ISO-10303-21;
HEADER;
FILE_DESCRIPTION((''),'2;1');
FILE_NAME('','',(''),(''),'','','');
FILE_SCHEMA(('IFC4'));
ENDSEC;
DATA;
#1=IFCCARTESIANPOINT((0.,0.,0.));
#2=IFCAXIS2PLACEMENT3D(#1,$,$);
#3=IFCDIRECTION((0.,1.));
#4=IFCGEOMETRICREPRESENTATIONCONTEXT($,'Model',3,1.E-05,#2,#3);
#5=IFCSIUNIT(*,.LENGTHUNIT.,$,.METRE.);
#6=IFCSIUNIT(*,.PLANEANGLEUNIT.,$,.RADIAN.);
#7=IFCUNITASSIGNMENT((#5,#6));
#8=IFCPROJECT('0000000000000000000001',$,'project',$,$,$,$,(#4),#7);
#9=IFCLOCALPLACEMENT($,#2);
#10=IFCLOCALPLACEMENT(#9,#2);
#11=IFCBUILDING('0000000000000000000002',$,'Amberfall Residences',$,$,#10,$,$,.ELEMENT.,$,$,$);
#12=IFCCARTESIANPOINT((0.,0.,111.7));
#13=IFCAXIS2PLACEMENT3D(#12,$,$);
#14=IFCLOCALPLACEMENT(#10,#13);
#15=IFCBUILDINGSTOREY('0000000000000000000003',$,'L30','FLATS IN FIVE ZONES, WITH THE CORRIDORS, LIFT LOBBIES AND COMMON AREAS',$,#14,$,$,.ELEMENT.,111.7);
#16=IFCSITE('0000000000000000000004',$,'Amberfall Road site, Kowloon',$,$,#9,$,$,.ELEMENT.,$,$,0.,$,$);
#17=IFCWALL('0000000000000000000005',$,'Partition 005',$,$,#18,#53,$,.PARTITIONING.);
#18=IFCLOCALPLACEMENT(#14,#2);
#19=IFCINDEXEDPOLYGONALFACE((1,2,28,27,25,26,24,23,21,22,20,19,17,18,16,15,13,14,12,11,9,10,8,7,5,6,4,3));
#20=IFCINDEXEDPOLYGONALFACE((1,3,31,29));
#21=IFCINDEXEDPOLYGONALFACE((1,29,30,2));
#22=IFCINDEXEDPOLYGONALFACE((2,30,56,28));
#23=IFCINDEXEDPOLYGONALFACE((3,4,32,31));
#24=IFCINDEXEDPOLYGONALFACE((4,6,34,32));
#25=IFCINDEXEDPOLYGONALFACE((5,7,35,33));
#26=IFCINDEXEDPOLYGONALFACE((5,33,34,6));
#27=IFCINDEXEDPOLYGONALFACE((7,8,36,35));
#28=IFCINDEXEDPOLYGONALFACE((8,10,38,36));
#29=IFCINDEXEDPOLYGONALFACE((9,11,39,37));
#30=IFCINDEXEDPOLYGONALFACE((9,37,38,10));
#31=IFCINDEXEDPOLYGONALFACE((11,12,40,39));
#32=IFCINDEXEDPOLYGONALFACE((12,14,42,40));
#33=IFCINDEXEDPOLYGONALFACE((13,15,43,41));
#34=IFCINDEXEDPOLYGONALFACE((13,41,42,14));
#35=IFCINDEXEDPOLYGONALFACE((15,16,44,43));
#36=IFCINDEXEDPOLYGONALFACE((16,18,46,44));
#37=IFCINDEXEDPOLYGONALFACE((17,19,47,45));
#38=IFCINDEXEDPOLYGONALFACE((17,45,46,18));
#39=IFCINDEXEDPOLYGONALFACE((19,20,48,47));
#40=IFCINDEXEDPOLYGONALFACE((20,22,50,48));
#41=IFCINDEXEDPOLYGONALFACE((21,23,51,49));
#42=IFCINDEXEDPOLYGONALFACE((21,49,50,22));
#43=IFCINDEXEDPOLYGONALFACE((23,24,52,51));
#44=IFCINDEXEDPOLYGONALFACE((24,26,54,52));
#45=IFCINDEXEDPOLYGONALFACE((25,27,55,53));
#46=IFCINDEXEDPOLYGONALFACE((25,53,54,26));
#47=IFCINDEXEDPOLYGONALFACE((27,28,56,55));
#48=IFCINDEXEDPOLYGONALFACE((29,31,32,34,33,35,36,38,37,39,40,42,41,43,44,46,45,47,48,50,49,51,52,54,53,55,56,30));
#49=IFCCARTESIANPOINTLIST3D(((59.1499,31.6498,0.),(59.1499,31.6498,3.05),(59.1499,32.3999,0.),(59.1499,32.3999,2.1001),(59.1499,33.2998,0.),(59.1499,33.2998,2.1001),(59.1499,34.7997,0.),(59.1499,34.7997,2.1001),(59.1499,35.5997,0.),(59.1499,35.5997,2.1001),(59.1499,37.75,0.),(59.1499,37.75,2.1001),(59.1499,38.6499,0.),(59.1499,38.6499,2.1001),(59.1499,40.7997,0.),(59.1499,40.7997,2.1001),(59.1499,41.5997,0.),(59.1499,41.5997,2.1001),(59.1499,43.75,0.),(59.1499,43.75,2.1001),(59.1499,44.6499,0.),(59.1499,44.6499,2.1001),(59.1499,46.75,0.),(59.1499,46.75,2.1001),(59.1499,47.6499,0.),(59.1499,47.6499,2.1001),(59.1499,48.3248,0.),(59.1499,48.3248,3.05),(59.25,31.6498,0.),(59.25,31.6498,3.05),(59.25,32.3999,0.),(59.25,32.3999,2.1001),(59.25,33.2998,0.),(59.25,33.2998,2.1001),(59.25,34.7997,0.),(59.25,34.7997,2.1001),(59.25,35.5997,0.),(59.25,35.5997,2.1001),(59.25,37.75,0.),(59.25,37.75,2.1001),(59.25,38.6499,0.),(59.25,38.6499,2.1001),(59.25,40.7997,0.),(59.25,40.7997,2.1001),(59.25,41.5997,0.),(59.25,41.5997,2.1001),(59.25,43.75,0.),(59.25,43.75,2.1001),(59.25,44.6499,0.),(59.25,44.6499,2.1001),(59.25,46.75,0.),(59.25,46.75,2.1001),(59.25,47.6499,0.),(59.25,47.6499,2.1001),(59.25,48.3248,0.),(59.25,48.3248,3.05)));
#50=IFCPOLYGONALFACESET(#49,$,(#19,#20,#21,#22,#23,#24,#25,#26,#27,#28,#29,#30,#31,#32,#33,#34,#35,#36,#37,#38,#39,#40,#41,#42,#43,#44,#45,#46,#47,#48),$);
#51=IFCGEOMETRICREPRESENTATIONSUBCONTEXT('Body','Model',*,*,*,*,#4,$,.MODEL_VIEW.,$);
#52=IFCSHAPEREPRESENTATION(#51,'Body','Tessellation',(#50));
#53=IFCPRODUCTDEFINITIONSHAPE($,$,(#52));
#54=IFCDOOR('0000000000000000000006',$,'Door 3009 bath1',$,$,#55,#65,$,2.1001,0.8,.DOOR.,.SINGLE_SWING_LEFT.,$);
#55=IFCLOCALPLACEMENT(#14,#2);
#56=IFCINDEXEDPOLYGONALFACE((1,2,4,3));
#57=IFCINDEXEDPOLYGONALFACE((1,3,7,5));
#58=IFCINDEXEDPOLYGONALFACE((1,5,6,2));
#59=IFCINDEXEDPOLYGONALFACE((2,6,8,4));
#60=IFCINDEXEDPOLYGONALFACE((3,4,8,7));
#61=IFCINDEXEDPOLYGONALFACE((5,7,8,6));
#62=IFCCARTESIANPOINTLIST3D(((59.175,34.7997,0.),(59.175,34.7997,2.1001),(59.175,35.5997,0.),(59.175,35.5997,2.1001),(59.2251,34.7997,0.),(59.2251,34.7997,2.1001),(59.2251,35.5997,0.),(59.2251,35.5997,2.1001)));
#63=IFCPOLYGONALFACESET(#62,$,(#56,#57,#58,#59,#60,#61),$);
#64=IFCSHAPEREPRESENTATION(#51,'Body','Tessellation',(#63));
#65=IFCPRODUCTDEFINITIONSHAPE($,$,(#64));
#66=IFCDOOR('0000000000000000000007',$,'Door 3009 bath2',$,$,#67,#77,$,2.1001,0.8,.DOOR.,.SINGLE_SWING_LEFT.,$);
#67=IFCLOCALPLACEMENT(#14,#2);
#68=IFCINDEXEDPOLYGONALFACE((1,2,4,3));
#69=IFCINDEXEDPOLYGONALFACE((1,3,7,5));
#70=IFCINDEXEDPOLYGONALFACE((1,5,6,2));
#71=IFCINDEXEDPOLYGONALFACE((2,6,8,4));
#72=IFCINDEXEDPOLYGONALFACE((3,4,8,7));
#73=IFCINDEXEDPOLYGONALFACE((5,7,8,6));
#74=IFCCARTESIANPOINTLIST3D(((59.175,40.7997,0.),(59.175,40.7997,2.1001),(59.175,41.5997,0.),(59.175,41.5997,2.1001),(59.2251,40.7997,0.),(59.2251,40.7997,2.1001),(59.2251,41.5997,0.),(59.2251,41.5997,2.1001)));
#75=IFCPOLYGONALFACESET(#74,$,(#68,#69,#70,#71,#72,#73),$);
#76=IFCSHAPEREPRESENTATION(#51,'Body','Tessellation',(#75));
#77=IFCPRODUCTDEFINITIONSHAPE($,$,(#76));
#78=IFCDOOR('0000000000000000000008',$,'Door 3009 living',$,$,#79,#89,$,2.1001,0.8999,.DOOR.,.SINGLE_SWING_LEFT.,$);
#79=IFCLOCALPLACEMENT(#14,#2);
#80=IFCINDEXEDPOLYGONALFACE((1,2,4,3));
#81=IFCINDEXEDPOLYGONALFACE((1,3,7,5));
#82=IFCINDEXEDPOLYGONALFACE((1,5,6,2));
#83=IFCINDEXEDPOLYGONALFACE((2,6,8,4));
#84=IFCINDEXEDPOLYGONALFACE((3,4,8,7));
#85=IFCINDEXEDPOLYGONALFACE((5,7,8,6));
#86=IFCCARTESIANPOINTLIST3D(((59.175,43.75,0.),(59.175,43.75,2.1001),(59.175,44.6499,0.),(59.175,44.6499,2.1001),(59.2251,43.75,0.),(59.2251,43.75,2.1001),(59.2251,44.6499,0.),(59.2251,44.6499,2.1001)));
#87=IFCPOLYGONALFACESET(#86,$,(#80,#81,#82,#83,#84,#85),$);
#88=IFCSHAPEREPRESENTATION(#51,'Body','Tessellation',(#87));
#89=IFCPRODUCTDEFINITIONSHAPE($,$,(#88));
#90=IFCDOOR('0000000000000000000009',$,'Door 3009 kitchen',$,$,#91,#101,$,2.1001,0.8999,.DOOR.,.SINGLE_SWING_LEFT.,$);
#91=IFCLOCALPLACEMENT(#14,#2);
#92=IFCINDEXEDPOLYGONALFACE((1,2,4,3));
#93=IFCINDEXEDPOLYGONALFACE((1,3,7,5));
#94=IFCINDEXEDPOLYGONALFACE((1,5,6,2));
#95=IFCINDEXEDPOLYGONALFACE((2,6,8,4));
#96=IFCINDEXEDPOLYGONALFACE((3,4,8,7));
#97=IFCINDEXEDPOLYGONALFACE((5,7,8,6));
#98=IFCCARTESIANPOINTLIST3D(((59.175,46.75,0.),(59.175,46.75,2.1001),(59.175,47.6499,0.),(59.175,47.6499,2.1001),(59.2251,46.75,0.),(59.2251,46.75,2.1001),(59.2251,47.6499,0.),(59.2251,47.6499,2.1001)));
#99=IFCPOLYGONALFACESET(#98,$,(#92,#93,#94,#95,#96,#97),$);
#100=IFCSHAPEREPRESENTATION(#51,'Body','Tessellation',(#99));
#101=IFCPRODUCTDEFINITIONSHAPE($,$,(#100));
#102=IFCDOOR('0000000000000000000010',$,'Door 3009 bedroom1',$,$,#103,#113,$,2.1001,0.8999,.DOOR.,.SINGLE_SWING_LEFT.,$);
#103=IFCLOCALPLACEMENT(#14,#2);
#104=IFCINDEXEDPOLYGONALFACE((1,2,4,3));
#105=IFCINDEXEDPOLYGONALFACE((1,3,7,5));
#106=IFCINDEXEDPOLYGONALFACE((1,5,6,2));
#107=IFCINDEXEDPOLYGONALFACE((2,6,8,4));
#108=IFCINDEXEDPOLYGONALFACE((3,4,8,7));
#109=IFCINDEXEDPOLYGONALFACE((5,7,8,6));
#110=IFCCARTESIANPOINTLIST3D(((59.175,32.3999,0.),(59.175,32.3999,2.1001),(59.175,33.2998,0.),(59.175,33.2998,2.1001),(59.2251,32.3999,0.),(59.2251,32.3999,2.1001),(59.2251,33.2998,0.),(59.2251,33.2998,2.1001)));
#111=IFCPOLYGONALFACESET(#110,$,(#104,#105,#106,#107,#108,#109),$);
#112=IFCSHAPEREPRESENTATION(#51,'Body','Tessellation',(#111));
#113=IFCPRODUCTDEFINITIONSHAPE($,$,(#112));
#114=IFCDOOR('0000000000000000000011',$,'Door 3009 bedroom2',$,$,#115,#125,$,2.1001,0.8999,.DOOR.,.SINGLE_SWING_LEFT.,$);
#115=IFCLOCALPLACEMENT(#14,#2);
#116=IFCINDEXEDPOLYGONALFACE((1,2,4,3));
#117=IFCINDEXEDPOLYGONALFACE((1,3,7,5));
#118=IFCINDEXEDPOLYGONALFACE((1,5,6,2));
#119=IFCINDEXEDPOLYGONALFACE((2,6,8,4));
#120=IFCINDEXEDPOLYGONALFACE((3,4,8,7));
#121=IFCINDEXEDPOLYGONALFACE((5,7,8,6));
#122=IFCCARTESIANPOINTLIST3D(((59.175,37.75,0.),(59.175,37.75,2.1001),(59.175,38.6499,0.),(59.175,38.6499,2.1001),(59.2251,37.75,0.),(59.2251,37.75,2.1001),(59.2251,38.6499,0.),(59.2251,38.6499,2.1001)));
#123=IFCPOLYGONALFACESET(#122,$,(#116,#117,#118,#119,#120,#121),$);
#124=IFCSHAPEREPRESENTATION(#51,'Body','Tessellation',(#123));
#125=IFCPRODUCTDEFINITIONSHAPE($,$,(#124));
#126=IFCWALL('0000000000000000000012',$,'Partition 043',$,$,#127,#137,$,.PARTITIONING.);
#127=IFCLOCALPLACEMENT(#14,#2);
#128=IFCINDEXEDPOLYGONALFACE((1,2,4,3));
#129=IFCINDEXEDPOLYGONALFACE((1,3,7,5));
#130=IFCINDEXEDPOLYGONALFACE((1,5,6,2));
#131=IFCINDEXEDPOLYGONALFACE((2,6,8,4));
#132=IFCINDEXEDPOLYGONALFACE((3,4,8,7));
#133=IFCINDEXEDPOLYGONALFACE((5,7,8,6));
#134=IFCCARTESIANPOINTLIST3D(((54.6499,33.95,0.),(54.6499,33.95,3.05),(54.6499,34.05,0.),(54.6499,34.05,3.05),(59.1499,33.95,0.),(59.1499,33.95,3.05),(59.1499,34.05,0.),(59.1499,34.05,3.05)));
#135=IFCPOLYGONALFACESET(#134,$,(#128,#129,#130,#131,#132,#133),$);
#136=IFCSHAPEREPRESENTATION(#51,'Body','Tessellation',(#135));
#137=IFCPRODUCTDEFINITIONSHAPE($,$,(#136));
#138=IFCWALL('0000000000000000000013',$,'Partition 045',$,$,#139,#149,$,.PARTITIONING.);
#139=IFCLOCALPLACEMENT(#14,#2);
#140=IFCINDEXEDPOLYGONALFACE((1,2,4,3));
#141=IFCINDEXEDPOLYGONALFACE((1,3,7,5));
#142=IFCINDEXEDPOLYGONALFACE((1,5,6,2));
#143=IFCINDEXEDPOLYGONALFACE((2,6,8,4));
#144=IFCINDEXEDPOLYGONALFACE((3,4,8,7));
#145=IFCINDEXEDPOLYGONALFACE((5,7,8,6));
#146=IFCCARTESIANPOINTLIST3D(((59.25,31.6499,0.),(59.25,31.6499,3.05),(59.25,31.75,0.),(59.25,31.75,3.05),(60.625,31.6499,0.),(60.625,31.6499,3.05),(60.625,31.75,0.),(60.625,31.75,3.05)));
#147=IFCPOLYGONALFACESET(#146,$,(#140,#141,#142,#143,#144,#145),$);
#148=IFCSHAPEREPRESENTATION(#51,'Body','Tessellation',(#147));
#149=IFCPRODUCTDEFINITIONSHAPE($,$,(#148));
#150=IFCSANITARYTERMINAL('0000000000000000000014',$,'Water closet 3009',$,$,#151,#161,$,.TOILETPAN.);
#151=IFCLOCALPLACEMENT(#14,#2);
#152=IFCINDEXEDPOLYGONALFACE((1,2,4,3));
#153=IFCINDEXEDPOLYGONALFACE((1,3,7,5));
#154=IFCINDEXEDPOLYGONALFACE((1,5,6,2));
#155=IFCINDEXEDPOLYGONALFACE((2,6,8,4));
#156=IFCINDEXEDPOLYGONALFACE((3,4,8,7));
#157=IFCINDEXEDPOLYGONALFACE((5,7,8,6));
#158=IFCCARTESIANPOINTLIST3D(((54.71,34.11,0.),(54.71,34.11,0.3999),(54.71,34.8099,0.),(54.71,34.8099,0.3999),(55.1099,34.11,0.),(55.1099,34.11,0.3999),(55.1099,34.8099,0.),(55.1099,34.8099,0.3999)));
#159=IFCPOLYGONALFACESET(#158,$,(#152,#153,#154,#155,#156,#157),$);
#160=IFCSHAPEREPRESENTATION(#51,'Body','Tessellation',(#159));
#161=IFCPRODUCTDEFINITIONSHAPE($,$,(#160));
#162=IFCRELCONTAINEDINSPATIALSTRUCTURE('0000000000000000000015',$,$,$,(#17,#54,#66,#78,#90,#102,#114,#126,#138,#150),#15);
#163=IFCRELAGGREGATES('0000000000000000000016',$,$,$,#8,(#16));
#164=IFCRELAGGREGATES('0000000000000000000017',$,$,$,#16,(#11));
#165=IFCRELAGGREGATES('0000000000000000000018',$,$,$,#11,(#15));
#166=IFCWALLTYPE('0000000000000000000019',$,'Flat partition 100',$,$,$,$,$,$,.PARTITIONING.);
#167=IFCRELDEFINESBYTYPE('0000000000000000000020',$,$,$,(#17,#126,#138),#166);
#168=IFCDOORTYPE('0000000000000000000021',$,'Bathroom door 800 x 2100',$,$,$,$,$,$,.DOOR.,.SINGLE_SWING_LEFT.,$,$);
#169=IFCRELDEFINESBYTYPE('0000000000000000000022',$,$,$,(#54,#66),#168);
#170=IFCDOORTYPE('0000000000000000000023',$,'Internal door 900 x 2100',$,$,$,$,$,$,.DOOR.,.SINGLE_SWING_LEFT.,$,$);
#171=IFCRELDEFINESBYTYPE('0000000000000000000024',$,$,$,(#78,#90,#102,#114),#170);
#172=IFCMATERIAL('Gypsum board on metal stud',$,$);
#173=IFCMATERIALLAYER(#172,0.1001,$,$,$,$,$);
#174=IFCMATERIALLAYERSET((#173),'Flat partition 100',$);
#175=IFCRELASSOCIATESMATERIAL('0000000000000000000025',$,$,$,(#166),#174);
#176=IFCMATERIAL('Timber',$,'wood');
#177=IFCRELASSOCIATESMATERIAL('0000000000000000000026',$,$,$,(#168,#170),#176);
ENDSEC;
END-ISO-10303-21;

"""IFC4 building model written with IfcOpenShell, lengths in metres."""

from ifc_helpers import new_model, si_unit, direction, frame, frame_2d, origin, origin_2d, place, context, subcontext, project, spatial, rectangle, extrude, material, layer, layer_set, type_object, element, fill, save


model = new_model("IFC4")

# Units and contexts
model_context = context("Model", 3, precision=1e-05, world=origin(), true_north=direction((0.0, 1.0)))
body_context = subcontext(model_context, "Body", "Model", "MODEL_VIEW")
ifc_project = project(units=[si_unit("LENGTHUNIT", "METRE"), si_unit("PLANEANGLEUNIT", "RADIAN")], contexts=[model_context])

# Site, building, storey
site_placement = place(None, origin())
site = spatial("IfcSite", under=ifc_project, at=site_placement, Name="Amberfall Road site, Kowloon", CompositionType="ELEMENT", RefElevation=0.0)
building_placement = place(site_placement, origin())
building = spatial("IfcBuilding", under=site, at=building_placement, Name="Amberfall Residences", CompositionType="ELEMENT")
storey_placement = place(building_placement, frame((0.0, 0.0, 111.7)))
storey = spatial("IfcBuildingStorey", under=building, at=storey_placement, Name="L30", Description="FLATS IN FIVE ZONES, WITH THE CORRIDORS, LIFT LOBBIES AND COMMON AREAS", CompositionType="ELEMENT", Elevation=111.7)

# Shared definitions
ifc_material_1 = material(Name="Gypsum board on metal stud")
ifc_layer_1 = layer(ifc_material_1, 0.1001)
ifc_layer_set_1 = layer_set([ifc_layer_1], Name="Flat partition 100")
wall_type_1 = type_object("IfcWallType", Name="Flat partition 100", PredefinedType="PARTITIONING", material=ifc_layer_set_1)

# Wall, openings, doors
wall_1_placement = place(storey_placement, frame((59.2, 31.6499, 0.0), z_axis=(0.0, 0.0, 1.0), x_axis=(0.0, 1.0, 0.0)))
wall_1 = element("IfcWall", 1, at=wall_1_placement, inside=storey, type_object=wall_type_1, Name="Partition 005", PredefinedType="PARTITIONING", context=body_context, shape_type="SweptSolid", body=[
    extrude(rectangle(XDim=16.675, YDim=0.1001, at=frame_2d((8.3374, 0.0))), origin(), (0.0, 0.0, 1.0), 3.05),
])
opening_1_placement = place(wall_1_placement, frame((12.1001, 0.0, 0.0)))
opening_1 = element("IfcOpeningElement", 2, at=opening_1_placement, cuts=wall_1, PredefinedType="OPENING", context=body_context, shape_type="SweptSolid", body=[
    extrude(rectangle(XDim=0.8999, YDim=2.1001, at=frame_2d((0.45, 1.05))), frame((0.0, 0.0601, 0.0), z_axis=(0.0, -1.0, 0.0), x_axis=(1.0, 0.0, 0.0)), (0.0, 0.0, 1.0), 0.1201),
])
opening_2_placement = place(wall_1_placement, frame((15.1001, 0.0, 0.0)))
opening_2 = element("IfcOpeningElement", 3, at=opening_2_placement, cuts=wall_1, PredefinedType="OPENING", context=body_context, shape_type="SweptSolid", body=[
    extrude(rectangle(XDim=0.8999, YDim=2.1001, at=frame_2d((0.45, 1.05))), frame((0.0, 0.0601, 0.0), z_axis=(0.0, -1.0, 0.0), x_axis=(1.0, 0.0, 0.0)), (0.0, 0.0, 1.0), 0.1201),
])
opening_3_placement = place(wall_1_placement, frame((0.75, 0.0, 0.0)))
opening_3 = element("IfcOpeningElement", 4, at=opening_3_placement, cuts=wall_1, PredefinedType="OPENING", context=body_context, shape_type="SweptSolid", body=[
    extrude(rectangle(XDim=0.8999, YDim=2.1001, at=frame_2d((0.45, 1.05))), frame((0.0, 0.0601, 0.0), z_axis=(0.0, -1.0, 0.0), x_axis=(1.0, 0.0, 0.0)), (0.0, 0.0, 1.0), 0.1201),
])
opening_4_placement = place(wall_1_placement, frame((6.1001, 0.0, 0.0)))
opening_4 = element("IfcOpeningElement", 5, at=opening_4_placement, cuts=wall_1, PredefinedType="OPENING", context=body_context, shape_type="SweptSolid", body=[
    extrude(rectangle(XDim=0.8999, YDim=2.1001, at=frame_2d((0.45, 1.05))), frame((0.0, 0.0601, 0.0), z_axis=(0.0, -1.0, 0.0), x_axis=(1.0, 0.0, 0.0)), (0.0, 0.0, 1.0), 0.1201),
])
opening_5_placement = place(wall_1_placement, frame((3.1499, 0.0, 0.0)))
opening_5 = element("IfcOpeningElement", 6, at=opening_5_placement, cuts=wall_1, PredefinedType="OPENING", context=body_context, shape_type="SweptSolid", body=[
    extrude(rectangle(XDim=0.8, YDim=2.1001, at=frame_2d((0.3999, 1.05))), frame((0.0, 0.0601, 0.0), z_axis=(0.0, -1.0, 0.0), x_axis=(1.0, 0.0, 0.0)), (0.0, 0.0, 1.0), 0.1201),
])
opening_6_placement = place(wall_1_placement, frame((9.1499, 0.0, 0.0)))
opening_6 = element("IfcOpeningElement", 7, at=opening_6_placement, cuts=wall_1, PredefinedType="OPENING", context=body_context, shape_type="SweptSolid", body=[
    extrude(rectangle(XDim=0.8, YDim=2.1001, at=frame_2d((0.3999, 1.05))), frame((0.0, 0.0601, 0.0), z_axis=(0.0, -1.0, 0.0), x_axis=(1.0, 0.0, 0.0)), (0.0, 0.0, 1.0), 0.1201),
])
ifc_material_2 = material(Name="Timber", Category="wood")
door_type_1 = type_object("IfcDoorType", Name="Bathroom door 800 x 2100", OperationType="SINGLE_SWING_LEFT", PredefinedType="DOOR", material=ifc_material_2)
door_1_placement = place(opening_5_placement, origin())
door_1 = element("IfcDoor", 8, at=door_1_placement, inside=storey, type_object=door_type_1, Name="Door 3009 bath1", OperationType="SINGLE_SWING_LEFT", OverallHeight=2.1001, OverallWidth=0.8, PredefinedType="DOOR", context=body_context, shape_type="SweptSolid", body=[
    extrude(rectangle(XDim=0.8, YDim=2.1001, at=frame_2d((0.3999, 1.05))), frame((0.0, 0.0249, 0.0), z_axis=(0.0, -1.0, 0.0), x_axis=(1.0, 0.0, 0.0)), (0.0, 0.0, 1.0), 0.05),
])
fill(opening_5, door_1)
door_2_placement = place(opening_6_placement, origin())
door_2 = element("IfcDoor", 9, at=door_2_placement, inside=storey, type_object=door_type_1, Name="Door 3009 bath2", OperationType="SINGLE_SWING_LEFT", OverallHeight=2.1001, OverallWidth=0.8, PredefinedType="DOOR", context=body_context, shape_type="SweptSolid", body=[
    extrude(rectangle(XDim=0.8, YDim=2.1001, at=frame_2d((0.3999, 1.05))), frame((0.0, 0.0249, 0.0), z_axis=(0.0, -1.0, 0.0), x_axis=(1.0, 0.0, 0.0)), (0.0, 0.0, 1.0), 0.05),
])
fill(opening_6, door_2)
door_type_2 = type_object("IfcDoorType", Name="Internal door 900 x 2100", OperationType="SINGLE_SWING_LEFT", PredefinedType="DOOR", material=ifc_material_2)
door_3_placement = place(opening_1_placement, origin())
door_3 = element("IfcDoor", 10, at=door_3_placement, inside=storey, type_object=door_type_2, Name="Door 3009 living", OperationType="SINGLE_SWING_LEFT", OverallHeight=2.1001, OverallWidth=0.8999, PredefinedType="DOOR", context=body_context, shape_type="SweptSolid", body=[
    extrude(rectangle(XDim=0.8999, YDim=2.1001, at=frame_2d((0.45, 1.05))), frame((0.0, 0.0249, 0.0), z_axis=(0.0, -1.0, 0.0), x_axis=(1.0, 0.0, 0.0)), (0.0, 0.0, 1.0), 0.05),
])
fill(opening_1, door_3)
door_4_placement = place(opening_2_placement, origin())
door_4 = element("IfcDoor", 11, at=door_4_placement, inside=storey, type_object=door_type_2, Name="Door 3009 kitchen", OperationType="SINGLE_SWING_LEFT", OverallHeight=2.1001, OverallWidth=0.8999, PredefinedType="DOOR", context=body_context, shape_type="SweptSolid", body=[
    extrude(rectangle(XDim=0.8999, YDim=2.1001, at=frame_2d((0.45, 1.05))), frame((0.0, 0.0249, 0.0), z_axis=(0.0, -1.0, 0.0), x_axis=(1.0, 0.0, 0.0)), (0.0, 0.0, 1.0), 0.05),
])
fill(opening_2, door_4)
door_5_placement = place(opening_3_placement, origin())
door_5 = element("IfcDoor", 12, at=door_5_placement, inside=storey, type_object=door_type_2, Name="Door 3009 bedroom1", OperationType="SINGLE_SWING_LEFT", OverallHeight=2.1001, OverallWidth=0.8999, PredefinedType="DOOR", context=body_context, shape_type="SweptSolid", body=[
    extrude(rectangle(XDim=0.8999, YDim=2.1001, at=frame_2d((0.45, 1.05))), frame((0.0, 0.0249, 0.0), z_axis=(0.0, -1.0, 0.0), x_axis=(1.0, 0.0, 0.0)), (0.0, 0.0, 1.0), 0.05),
])
fill(opening_3, door_5)
door_6_placement = place(opening_4_placement, origin())
door_6 = element("IfcDoor", 13, at=door_6_placement, inside=storey, type_object=door_type_2, Name="Door 3009 bedroom2", OperationType="SINGLE_SWING_LEFT", OverallHeight=2.1001, OverallWidth=0.8999, PredefinedType="DOOR", context=body_context, shape_type="SweptSolid", body=[
    extrude(rectangle(XDim=0.8999, YDim=2.1001, at=frame_2d((0.45, 1.05))), frame((0.0, 0.0249, 0.0), z_axis=(0.0, -1.0, 0.0), x_axis=(1.0, 0.0, 0.0)), (0.0, 0.0, 1.0), 0.05),
])
fill(opening_4, door_6)

# Walls
wall_2_placement = place(storey_placement, frame((54.6499, 34.0, 0.0), z_axis=(0.0, 0.0, 1.0), x_axis=(1.0, 0.0, 0.0)))
element("IfcWall", 14, at=wall_2_placement, inside=storey, type_object=wall_type_1, Name="Partition 043", PredefinedType="PARTITIONING", context=body_context, shape_type="SweptSolid", body=[
    extrude(rectangle(XDim=4.5, YDim=0.1001, at=frame_2d((2.25, 0.0))), origin(), (0.0, 0.0, 1.0), 3.05),
])
wall_3_placement = place(storey_placement, frame((59.25, 31.7, 0.0), z_axis=(0.0, 0.0, 1.0), x_axis=(1.0, 0.0, 0.0)))
element("IfcWall", 15, at=wall_3_placement, inside=storey, type_object=wall_type_1, Name="Partition 045", PredefinedType="PARTITIONING", context=body_context, shape_type="SweptSolid", body=[
    extrude(rectangle(XDim=1.375, YDim=0.1001, at=frame_2d((0.6875, 0.0))), origin(), (0.0, 0.0, 1.0), 3.05),
])

# Sanitary terminal
sanitary_terminal_1_placement = place(storey_placement, frame((54.9099, 34.46, 0.0), z_axis=(0.0, 0.0, 1.0), x_axis=(1.0, 0.0, 0.0)))
element("IfcSanitaryTerminal", 16, at=sanitary_terminal_1_placement, inside=storey, Name="Water closet 3009", PredefinedType="TOILETPAN", context=body_context, shape_type="SweptSolid", body=[
    extrude(rectangle(XDim=0.3999, YDim=0.7, at=origin_2d()), origin(), (0.0, 0.0, 1.0), 0.3999),
])

save(model, "model.ifc")
